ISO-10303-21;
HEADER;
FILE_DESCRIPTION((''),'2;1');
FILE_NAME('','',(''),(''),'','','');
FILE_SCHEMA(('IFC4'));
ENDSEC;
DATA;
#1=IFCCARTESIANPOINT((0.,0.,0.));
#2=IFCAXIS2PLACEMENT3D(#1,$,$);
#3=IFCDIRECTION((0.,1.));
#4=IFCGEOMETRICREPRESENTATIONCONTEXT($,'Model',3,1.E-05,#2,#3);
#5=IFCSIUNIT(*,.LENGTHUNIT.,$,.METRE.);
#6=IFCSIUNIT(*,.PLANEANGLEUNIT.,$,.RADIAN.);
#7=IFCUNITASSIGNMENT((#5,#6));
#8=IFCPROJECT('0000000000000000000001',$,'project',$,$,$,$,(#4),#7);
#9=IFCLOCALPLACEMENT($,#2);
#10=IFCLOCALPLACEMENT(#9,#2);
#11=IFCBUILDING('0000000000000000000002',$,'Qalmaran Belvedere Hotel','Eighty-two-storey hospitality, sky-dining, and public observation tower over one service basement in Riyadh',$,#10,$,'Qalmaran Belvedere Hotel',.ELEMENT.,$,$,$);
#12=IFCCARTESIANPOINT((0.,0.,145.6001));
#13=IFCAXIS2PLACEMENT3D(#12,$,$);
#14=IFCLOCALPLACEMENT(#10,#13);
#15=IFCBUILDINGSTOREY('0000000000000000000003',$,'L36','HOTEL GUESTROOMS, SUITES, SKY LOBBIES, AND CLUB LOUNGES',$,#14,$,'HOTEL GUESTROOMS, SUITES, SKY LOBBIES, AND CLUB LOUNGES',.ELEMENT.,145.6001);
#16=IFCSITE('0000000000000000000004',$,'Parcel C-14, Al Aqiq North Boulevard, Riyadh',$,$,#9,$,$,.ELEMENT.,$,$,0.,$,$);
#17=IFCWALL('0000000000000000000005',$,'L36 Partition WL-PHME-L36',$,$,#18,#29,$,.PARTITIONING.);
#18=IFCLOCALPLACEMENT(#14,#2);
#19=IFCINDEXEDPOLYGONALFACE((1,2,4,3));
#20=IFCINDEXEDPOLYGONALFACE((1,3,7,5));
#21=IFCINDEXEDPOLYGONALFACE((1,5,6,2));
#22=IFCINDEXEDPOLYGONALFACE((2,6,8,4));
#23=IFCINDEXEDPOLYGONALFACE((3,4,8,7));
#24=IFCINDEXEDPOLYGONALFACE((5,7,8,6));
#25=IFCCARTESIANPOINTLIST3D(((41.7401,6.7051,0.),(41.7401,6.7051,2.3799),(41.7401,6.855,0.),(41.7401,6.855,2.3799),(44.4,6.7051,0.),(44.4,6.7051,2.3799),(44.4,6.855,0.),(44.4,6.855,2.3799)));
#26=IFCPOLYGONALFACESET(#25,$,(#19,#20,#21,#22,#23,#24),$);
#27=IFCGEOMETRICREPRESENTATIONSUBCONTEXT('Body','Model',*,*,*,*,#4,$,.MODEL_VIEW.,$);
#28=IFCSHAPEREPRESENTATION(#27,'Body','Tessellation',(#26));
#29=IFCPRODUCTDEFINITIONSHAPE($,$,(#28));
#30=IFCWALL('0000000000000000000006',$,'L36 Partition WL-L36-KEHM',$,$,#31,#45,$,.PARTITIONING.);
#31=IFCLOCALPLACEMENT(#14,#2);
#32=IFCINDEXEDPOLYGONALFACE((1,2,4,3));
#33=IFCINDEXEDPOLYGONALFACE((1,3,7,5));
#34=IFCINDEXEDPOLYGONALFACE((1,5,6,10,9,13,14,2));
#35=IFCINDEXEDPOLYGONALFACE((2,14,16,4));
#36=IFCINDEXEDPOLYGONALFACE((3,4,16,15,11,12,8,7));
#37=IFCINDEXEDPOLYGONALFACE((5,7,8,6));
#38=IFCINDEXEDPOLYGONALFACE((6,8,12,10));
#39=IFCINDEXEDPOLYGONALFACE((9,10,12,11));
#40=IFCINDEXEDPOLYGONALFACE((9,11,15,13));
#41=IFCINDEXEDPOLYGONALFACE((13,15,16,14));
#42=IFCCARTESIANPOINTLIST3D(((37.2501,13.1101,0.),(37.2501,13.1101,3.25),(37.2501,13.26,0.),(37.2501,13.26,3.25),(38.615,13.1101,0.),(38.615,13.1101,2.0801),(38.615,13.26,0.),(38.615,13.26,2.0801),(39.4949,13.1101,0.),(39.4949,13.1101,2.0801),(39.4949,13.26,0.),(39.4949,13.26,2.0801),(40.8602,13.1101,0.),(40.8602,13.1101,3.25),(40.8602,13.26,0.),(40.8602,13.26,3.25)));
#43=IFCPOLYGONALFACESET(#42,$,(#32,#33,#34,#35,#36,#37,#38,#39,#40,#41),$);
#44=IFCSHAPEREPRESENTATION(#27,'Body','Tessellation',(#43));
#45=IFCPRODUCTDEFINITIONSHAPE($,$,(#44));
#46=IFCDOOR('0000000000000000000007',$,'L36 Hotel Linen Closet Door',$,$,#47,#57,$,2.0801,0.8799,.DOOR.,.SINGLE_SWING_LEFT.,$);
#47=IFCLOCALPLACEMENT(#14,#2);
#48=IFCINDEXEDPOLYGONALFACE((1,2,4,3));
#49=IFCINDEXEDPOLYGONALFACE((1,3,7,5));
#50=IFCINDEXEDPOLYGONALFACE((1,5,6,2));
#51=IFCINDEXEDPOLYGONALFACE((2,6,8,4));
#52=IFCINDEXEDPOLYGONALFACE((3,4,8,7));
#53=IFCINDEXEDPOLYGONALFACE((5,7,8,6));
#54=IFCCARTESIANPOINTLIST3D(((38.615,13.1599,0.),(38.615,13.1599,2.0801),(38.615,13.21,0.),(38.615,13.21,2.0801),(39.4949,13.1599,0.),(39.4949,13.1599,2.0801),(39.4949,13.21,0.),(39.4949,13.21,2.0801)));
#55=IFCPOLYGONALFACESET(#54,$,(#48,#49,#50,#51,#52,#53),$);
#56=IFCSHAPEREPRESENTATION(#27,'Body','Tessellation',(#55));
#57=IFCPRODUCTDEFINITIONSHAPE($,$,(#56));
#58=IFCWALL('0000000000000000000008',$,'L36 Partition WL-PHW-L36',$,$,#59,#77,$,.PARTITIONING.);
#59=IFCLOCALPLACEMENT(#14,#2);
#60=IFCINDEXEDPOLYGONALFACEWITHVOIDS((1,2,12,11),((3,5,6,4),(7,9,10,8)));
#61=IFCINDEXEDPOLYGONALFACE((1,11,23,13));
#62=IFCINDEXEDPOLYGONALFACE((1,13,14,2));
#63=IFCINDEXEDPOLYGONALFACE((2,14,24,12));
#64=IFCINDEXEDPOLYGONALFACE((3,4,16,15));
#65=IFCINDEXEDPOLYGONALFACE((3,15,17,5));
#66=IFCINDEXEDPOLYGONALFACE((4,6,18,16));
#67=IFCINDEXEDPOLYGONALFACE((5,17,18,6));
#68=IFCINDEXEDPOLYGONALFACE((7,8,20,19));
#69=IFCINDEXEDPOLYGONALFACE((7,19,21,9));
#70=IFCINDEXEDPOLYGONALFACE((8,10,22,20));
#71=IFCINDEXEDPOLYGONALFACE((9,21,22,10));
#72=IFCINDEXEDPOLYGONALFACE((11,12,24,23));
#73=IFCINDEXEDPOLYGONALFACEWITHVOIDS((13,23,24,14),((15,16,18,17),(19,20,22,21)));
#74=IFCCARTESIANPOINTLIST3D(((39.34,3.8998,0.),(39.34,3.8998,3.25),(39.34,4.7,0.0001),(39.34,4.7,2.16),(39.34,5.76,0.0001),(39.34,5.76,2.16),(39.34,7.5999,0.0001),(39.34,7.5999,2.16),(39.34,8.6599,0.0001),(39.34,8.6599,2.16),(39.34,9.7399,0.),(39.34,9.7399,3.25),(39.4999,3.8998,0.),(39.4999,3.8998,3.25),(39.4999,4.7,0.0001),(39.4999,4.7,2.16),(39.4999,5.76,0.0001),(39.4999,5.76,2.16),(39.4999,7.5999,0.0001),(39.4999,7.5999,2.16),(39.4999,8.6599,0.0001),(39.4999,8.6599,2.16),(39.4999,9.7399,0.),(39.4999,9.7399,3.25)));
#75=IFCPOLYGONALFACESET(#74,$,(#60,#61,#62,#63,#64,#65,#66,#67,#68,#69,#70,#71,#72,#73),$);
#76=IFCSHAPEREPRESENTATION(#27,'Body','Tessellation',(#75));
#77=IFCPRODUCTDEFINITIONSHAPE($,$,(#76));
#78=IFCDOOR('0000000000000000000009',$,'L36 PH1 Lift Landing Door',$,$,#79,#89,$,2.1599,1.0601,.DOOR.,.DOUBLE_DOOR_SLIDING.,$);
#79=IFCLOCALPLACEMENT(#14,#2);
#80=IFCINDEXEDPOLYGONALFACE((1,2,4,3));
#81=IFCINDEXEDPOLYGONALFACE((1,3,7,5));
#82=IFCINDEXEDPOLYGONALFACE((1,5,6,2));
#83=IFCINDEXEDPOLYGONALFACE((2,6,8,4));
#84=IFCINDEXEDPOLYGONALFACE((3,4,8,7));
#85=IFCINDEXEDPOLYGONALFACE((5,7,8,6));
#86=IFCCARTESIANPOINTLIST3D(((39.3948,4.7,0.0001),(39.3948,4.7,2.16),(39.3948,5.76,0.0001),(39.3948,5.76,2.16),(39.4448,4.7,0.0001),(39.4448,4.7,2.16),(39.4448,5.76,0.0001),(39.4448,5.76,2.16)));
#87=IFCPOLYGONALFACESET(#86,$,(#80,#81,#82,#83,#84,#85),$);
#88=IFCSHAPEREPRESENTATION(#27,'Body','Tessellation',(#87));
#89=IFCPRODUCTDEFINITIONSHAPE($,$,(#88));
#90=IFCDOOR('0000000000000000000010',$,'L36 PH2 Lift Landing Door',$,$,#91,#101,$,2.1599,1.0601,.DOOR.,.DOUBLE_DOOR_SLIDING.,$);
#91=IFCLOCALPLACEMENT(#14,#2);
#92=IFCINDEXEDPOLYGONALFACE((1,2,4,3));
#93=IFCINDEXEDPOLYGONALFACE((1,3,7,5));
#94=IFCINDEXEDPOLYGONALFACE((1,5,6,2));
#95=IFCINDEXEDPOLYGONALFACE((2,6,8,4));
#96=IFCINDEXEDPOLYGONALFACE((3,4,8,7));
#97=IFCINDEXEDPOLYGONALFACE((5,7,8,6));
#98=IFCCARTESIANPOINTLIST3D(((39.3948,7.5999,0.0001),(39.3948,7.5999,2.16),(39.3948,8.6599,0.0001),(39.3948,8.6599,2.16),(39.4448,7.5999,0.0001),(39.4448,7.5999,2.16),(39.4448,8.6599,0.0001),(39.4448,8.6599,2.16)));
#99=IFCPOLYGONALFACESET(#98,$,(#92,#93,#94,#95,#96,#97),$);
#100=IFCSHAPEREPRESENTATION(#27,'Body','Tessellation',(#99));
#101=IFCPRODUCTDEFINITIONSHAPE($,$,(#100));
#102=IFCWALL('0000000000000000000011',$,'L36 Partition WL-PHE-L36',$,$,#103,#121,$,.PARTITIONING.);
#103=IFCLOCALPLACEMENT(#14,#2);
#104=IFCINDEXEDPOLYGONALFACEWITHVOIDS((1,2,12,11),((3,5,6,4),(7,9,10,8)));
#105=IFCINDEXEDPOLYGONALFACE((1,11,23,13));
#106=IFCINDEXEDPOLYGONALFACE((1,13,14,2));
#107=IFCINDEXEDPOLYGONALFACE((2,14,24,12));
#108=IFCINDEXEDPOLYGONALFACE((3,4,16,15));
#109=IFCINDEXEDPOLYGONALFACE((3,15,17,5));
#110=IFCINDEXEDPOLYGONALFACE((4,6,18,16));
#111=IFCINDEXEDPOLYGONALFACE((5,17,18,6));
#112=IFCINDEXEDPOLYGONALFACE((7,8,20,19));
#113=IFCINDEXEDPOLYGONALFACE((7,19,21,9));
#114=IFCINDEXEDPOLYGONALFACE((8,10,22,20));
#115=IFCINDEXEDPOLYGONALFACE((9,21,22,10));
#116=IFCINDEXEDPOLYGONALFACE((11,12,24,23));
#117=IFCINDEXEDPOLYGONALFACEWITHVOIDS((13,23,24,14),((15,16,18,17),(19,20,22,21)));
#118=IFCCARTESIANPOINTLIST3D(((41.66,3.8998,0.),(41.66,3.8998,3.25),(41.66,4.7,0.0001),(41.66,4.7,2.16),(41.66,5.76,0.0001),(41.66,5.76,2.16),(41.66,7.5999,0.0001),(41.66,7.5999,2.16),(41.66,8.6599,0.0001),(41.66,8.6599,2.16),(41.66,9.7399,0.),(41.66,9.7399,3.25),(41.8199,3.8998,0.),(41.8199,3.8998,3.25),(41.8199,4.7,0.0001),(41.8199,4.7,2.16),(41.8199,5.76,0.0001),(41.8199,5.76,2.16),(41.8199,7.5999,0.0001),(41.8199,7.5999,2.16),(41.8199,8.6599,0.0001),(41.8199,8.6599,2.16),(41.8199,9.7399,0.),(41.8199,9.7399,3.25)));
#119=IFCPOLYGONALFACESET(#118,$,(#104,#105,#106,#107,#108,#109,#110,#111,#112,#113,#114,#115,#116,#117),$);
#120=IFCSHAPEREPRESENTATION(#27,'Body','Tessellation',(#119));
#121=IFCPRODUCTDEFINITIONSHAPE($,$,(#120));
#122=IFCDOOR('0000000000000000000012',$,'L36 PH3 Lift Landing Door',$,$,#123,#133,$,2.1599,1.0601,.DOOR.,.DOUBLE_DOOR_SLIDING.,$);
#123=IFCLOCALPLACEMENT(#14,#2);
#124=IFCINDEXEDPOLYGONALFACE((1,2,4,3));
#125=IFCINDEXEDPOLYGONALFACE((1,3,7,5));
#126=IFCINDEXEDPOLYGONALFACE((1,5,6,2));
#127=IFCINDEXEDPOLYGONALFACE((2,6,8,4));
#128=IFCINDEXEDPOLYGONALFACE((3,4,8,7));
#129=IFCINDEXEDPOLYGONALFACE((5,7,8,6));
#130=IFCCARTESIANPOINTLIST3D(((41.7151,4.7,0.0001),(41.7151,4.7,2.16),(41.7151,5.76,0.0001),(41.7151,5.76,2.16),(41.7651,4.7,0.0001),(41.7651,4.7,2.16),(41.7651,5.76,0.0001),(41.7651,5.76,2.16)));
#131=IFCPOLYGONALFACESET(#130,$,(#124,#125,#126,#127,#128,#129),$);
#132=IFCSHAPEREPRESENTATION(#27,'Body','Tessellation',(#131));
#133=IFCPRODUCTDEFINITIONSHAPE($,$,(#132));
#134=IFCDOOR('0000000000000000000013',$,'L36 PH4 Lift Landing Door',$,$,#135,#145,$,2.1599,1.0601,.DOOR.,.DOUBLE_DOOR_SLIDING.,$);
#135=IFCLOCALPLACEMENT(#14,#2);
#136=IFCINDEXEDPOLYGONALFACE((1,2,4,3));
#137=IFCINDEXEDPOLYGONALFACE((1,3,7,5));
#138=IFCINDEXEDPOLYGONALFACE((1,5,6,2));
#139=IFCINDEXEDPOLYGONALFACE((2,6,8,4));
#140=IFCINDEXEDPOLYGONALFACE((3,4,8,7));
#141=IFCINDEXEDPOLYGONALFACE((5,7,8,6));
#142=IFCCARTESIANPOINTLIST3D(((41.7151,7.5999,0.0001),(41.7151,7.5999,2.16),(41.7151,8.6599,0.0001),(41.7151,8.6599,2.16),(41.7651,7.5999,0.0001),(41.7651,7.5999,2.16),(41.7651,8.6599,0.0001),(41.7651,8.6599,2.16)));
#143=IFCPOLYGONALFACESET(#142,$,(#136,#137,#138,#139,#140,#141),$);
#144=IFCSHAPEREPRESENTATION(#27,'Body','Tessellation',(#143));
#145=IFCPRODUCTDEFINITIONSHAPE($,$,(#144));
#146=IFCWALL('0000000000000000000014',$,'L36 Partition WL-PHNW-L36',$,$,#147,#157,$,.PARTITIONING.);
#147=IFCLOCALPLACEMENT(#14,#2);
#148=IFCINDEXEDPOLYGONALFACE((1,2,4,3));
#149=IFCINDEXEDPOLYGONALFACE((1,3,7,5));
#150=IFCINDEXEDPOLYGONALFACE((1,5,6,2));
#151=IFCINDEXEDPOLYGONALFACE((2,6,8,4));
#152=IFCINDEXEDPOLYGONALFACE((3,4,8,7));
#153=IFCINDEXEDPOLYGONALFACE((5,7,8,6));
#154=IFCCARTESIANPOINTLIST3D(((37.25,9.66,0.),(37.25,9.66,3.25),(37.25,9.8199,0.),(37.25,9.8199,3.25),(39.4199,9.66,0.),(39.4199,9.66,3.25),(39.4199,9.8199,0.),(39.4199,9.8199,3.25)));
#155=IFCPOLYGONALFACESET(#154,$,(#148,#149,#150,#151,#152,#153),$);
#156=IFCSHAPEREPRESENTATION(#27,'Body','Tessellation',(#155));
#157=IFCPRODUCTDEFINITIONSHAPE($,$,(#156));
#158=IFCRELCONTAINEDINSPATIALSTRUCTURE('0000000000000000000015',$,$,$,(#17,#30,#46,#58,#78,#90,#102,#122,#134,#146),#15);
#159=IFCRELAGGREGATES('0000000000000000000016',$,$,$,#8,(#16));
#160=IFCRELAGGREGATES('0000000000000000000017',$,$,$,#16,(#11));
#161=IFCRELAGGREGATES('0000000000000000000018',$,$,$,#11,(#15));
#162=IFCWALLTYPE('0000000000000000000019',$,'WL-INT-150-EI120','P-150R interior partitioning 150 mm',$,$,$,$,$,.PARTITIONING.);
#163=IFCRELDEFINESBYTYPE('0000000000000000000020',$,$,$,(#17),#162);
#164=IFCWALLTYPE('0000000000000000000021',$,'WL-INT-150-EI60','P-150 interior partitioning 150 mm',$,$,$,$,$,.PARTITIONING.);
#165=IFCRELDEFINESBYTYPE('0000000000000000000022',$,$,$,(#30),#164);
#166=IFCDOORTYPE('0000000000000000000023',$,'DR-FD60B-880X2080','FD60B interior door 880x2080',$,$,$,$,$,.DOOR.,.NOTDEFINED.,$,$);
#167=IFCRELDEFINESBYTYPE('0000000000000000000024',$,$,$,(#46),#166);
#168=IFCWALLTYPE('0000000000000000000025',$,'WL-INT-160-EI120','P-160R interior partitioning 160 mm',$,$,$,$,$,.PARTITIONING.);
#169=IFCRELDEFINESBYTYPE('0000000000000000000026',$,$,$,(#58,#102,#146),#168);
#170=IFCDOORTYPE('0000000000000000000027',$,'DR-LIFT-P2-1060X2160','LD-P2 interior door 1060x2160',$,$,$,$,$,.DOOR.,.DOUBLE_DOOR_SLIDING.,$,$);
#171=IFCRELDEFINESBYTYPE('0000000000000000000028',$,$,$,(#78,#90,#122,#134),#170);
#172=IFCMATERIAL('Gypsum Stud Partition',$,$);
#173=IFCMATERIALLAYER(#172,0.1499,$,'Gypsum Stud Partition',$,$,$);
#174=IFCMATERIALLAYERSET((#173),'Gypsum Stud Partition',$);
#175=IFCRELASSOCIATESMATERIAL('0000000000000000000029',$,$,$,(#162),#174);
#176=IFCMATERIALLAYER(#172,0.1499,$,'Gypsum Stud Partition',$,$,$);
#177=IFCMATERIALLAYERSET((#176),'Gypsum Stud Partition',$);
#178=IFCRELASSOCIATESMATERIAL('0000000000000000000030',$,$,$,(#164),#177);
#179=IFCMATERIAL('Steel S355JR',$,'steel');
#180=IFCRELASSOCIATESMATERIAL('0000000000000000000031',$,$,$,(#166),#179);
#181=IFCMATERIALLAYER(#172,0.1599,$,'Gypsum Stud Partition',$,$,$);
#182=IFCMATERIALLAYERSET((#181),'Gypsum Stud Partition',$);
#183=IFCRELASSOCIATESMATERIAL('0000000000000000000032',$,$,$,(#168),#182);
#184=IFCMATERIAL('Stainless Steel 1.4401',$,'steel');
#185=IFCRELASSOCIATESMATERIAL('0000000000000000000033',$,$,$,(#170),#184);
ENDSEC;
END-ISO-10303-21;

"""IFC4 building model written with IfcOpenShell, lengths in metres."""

from ifc_helpers import new_model, si_unit, direction, frame, frame_2d, origin, place, context, subcontext, project, spatial, rectangle, extrude, material, layer, layer_set, type_object, element, fill, save


model = new_model("IFC4")

# Units and contexts
model_context = context("Model", 3, precision=1e-05, world=origin(), true_north=direction((0.0, 1.0)))
body_context = subcontext(model_context, "Body", "Model", "MODEL_VIEW")
ifc_project = project(units=[si_unit("LENGTHUNIT", "METRE"), si_unit("PLANEANGLEUNIT", "RADIAN")], contexts=[model_context])

# Site, building, storey
site_placement = place(None, origin())
site = spatial("IfcSite", under=ifc_project, at=site_placement, Name="Parcel C-14, Al Aqiq North Boulevard, Riyadh", CompositionType="ELEMENT", RefElevation=0.0)
building_placement = place(site_placement, origin())
building = spatial("IfcBuilding", under=site, at=building_placement, Name="Qalmaran Belvedere Hotel", Description="Eighty-two-storey hospitality, sky-dining, and public observation tower over one service basement in Riyadh", LongName="Qalmaran Belvedere Hotel", CompositionType="ELEMENT")
storey_placement = place(building_placement, frame((0.0, 0.0, 145.6001)))
storey = spatial("IfcBuildingStorey", under=building, at=storey_placement, Name="L36", Description="HOTEL GUESTROOMS, SUITES, SKY LOBBIES, AND CLUB LOUNGES", LongName="HOTEL GUESTROOMS, SUITES, SKY LOBBIES, AND CLUB LOUNGES", CompositionType="ELEMENT", Elevation=145.6001)

# Wall
ifc_material_1 = material(Name="Gypsum Stud Partition")
ifc_layer_1 = layer(ifc_material_1, 0.1499, Name="Gypsum Stud Partition")
ifc_layer_set_1 = layer_set([ifc_layer_1], Name="Gypsum Stud Partition")
wall_type_1 = type_object("IfcWallType", Name="WL-INT-150-EI120", Description="P-150R interior partitioning 150 mm", PredefinedType="PARTITIONING", material=ifc_layer_set_1)
wall_1_placement = place(storey_placement, frame((41.74, 6.78, 0.0), z_axis=(0.0, 0.0, 1.0), x_axis=(1.0, 0.0, 0.0)))
element("IfcWall", 1, at=wall_1_placement, inside=storey, type_object=wall_type_1, Name="L36 Partition WL-PHME-L36", PredefinedType="PARTITIONING", context=body_context, shape_type="SweptSolid", body=[
    extrude(rectangle(XDim=2.6599, YDim=0.1499, at=frame_2d((1.3301, 0.0))), origin(), (0.0, 0.0, 1.0), 2.3799),
])

# Wall, opening, door
ifc_layer_2 = layer(ifc_material_1, 0.1499, Name="Gypsum Stud Partition")
ifc_layer_set_2 = layer_set([ifc_layer_2], Name="Gypsum Stud Partition")
wall_type_2 = type_object("IfcWallType", Name="WL-INT-150-EI60", Description="P-150 interior partitioning 150 mm", PredefinedType="PARTITIONING", material=ifc_layer_set_2)
wall_2_placement = place(storey_placement, frame((37.25, 13.1851, 0.0), z_axis=(0.0, 0.0, 1.0), x_axis=(1.0, 0.0, 0.0)))
wall_2 = element("IfcWall", 2, at=wall_2_placement, inside=storey, type_object=wall_type_2, Name="L36 Partition WL-L36-KEHM", PredefinedType="PARTITIONING", context=body_context, shape_type="SweptSolid", body=[
    extrude(rectangle(XDim=3.6101, YDim=0.1499, at=frame_2d((1.8052, 0.0))), origin(), (0.0, 0.0, 1.0), 3.25),
])
opening_1_placement = place(wall_2_placement, frame((1.365, 0.0, 0.0)))
opening_1 = element("IfcOpeningElement", 3, at=opening_1_placement, cuts=wall_2, PredefinedType="OPENING", context=body_context, shape_type="SweptSolid", body=[
    extrude(rectangle(XDim=0.8799, YDim=2.0801, at=frame_2d((0.4399, 1.04))), frame((0.0, 0.085, 0.0), z_axis=(0.0, -1.0, 0.0), x_axis=(1.0, 0.0, 0.0)), (0.0, 0.0, 1.0), 0.1699),
])
ifc_material_2 = material(Name="Steel S355JR", Category="steel")
door_type_1 = type_object("IfcDoorType", Name="DR-FD60B-880X2080", Description="FD60B interior door 880x2080", OperationType="NOTDEFINED", PredefinedType="DOOR", material=ifc_material_2)
door_1_placement = place(opening_1_placement, origin())
door_1 = element("IfcDoor", 4, at=door_1_placement, inside=storey, type_object=door_type_1, Name="L36 Hotel Linen Closet Door", OperationType="SINGLE_SWING_LEFT", OverallHeight=2.0801, OverallWidth=0.8799, PredefinedType="DOOR", context=body_context, shape_type="SweptSolid", body=[
    extrude(rectangle(XDim=0.8799, YDim=2.0801, at=frame_2d((0.4399, 1.04))), frame((0.0, 0.0249, 0.0), z_axis=(0.0, -1.0, 0.0), x_axis=(1.0, 0.0, 0.0)), (0.0, 0.0, 1.0), 0.05),
])
fill(opening_1, door_1)

# Walls, openings, doors
ifc_layer_3 = layer(ifc_material_1, 0.1599, Name="Gypsum Stud Partition")
ifc_layer_set_3 = layer_set([ifc_layer_3], Name="Gypsum Stud Partition")
wall_type_3 = type_object("IfcWallType", Name="WL-INT-160-EI120", Description="P-160R interior partitioning 160 mm", PredefinedType="PARTITIONING", material=ifc_layer_set_3)
wall_3_placement = place(storey_placement, frame((39.4199, 3.8999, 0.0), z_axis=(0.0, 0.0, 1.0), x_axis=(0.0, 1.0, 0.0)))
wall_3 = element("IfcWall", 5, at=wall_3_placement, inside=storey, type_object=wall_type_3, Name="L36 Partition WL-PHW-L36", PredefinedType="PARTITIONING", context=body_context, shape_type="SweptSolid", body=[
    extrude(rectangle(XDim=5.8401, YDim=0.1599, at=frame_2d((2.9199, 0.0))), origin(), (0.0, 0.0, 1.0), 3.25),
])
opening_2_placement = place(wall_3_placement, frame((1.8601, 0.0, 0.0), z_axis=(0.0, 0.0, 1.0), x_axis=(-1.0, 0.0, 0.0)))
opening_2 = element("IfcOpeningElement", 6, at=opening_2_placement, cuts=wall_3, PredefinedType="OPENING", context=body_context, shape_type="SweptSolid", body=[
    extrude(rectangle(XDim=1.0601, YDim=2.1599, at=frame_2d((0.53, 1.0801))), frame((0.0, 0.0898, 0.0), z_axis=(0.0, -1.0, 0.0), x_axis=(1.0, 0.0, 0.0)), (0.0, 0.0, 1.0), 0.1799),
])
opening_3_placement = place(wall_3_placement, frame((4.76, 0.0, 0.0), z_axis=(0.0, 0.0, 1.0), x_axis=(-1.0, 0.0, 0.0)))
opening_3 = element("IfcOpeningElement", 7, at=opening_3_placement, cuts=wall_3, PredefinedType="OPENING", context=body_context, shape_type="SweptSolid", body=[
    extrude(rectangle(XDim=1.0601, YDim=2.1599, at=frame_2d((0.53, 1.0801))), frame((0.0, 0.0898, 0.0), z_axis=(0.0, -1.0, 0.0), x_axis=(1.0, 0.0, 0.0)), (0.0, 0.0, 1.0), 0.1799),
])
ifc_material_3 = material(Name="Stainless Steel 1.4401", Category="steel")
door_type_2 = type_object("IfcDoorType", Name="DR-LIFT-P2-1060X2160", Description="LD-P2 interior door 1060x2160", OperationType="DOUBLE_DOOR_SLIDING", PredefinedType="DOOR", material=ifc_material_3)
door_2_placement = place(opening_2_placement, origin())
door_2 = element("IfcDoor", 8, at=door_2_placement, inside=storey, type_object=door_type_2, Name="L36 PH1 Lift Landing Door", OperationType="DOUBLE_DOOR_SLIDING", OverallHeight=2.1599, OverallWidth=1.0601, PredefinedType="DOOR", context=body_context, shape_type="SweptSolid", body=[
    extrude(rectangle(XDim=1.0601, YDim=2.1599, at=frame_2d((0.53, 1.0801))), frame((0.0, 0.0249, 0.0), z_axis=(0.0, -1.0, 0.0), x_axis=(1.0, 0.0, 0.0)), (0.0, 0.0, 1.0), 0.05),
])
fill(opening_2, door_2)
door_3_placement = place(opening_3_placement, origin())
door_3 = element("IfcDoor", 9, at=door_3_placement, inside=storey, type_object=door_type_2, Name="L36 PH2 Lift Landing Door", OperationType="DOUBLE_DOOR_SLIDING", OverallHeight=2.1599, OverallWidth=1.0601, PredefinedType="DOOR", context=body_context, shape_type="SweptSolid", body=[
    extrude(rectangle(XDim=1.0601, YDim=2.1599, at=frame_2d((0.53, 1.0801))), frame((0.0, 0.0249, 0.0), z_axis=(0.0, -1.0, 0.0), x_axis=(1.0, 0.0, 0.0)), (0.0, 0.0, 1.0), 0.05),
])
fill(opening_3, door_3)
wall_4_placement = place(storey_placement, frame((41.74, 3.8999, 0.0), z_axis=(0.0, 0.0, 1.0), x_axis=(0.0, 1.0, 0.0)))
wall_4 = element("IfcWall", 10, at=wall_4_placement, inside=storey, type_object=wall_type_3, Name="L36 Partition WL-PHE-L36", PredefinedType="PARTITIONING", context=body_context, shape_type="SweptSolid", body=[
    extrude(rectangle(XDim=5.8401, YDim=0.1599, at=frame_2d((2.9199, 0.0))), origin(), (0.0, 0.0, 1.0), 3.25),
])
opening_4_placement = place(wall_4_placement, frame((0.8, 0.0, 0.0)))
opening_4 = element("IfcOpeningElement", 11, at=opening_4_placement, cuts=wall_4, PredefinedType="OPENING", context=body_context, shape_type="SweptSolid", body=[
    extrude(rectangle(XDim=1.0601, YDim=2.1599, at=frame_2d((0.53, 1.0801))), frame((0.0, 0.0898, 0.0), z_axis=(0.0, -1.0, 0.0), x_axis=(1.0, 0.0, 0.0)), (0.0, 0.0, 1.0), 0.1799),
])
opening_5_placement = place(wall_4_placement, frame((3.7, 0.0, 0.0)))
opening_5 = element("IfcOpeningElement", 12, at=opening_5_placement, cuts=wall_4, PredefinedType="OPENING", context=body_context, shape_type="SweptSolid", body=[
    extrude(rectangle(XDim=1.0601, YDim=2.1599, at=frame_2d((0.53, 1.0801))), frame((0.0, 0.0898, 0.0), z_axis=(0.0, -1.0, 0.0), x_axis=(1.0, 0.0, 0.0)), (0.0, 0.0, 1.0), 0.1799),
])
door_4_placement = place(opening_4_placement, origin())
door_4 = element("IfcDoor", 13, at=door_4_placement, inside=storey, type_object=door_type_2, Name="L36 PH3 Lift Landing Door", OperationType="DOUBLE_DOOR_SLIDING", OverallHeight=2.1599, OverallWidth=1.0601, PredefinedType="DOOR", context=body_context, shape_type="SweptSolid", body=[
    extrude(rectangle(XDim=1.0601, YDim=2.1599, at=frame_2d((0.53, 1.0801))), frame((0.0, 0.0249, 0.0), z_axis=(0.0, -1.0, 0.0), x_axis=(1.0, 0.0, 0.0)), (0.0, 0.0, 1.0), 0.05),
])
fill(opening_4, door_4)
door_5_placement = place(opening_5_placement, origin())
door_5 = element("IfcDoor", 14, at=door_5_placement, inside=storey, type_object=door_type_2, Name="L36 PH4 Lift Landing Door", OperationType="DOUBLE_DOOR_SLIDING", OverallHeight=2.1599, OverallWidth=1.0601, PredefinedType="DOOR", context=body_context, shape_type="SweptSolid", body=[
    extrude(rectangle(XDim=1.0601, YDim=2.1599, at=frame_2d((0.53, 1.0801))), frame((0.0, 0.0249, 0.0), z_axis=(0.0, -1.0, 0.0), x_axis=(1.0, 0.0, 0.0)), (0.0, 0.0, 1.0), 0.05),
])
fill(opening_5, door_5)

# Wall
wall_5_placement = place(storey_placement, frame((37.25, 9.74, 0.0), z_axis=(0.0, 0.0, 1.0), x_axis=(1.0, 0.0, 0.0)))
element("IfcWall", 15, at=wall_5_placement, inside=storey, type_object=wall_type_3, Name="L36 Partition WL-PHNW-L36", PredefinedType="PARTITIONING", context=body_context, shape_type="SweptSolid", body=[
    extrude(rectangle(XDim=2.1699, YDim=0.1599, at=frame_2d((1.085, 0.0))), origin(), (0.0, 0.0, 1.0), 3.25),
])

save(model, "model.ifc")
